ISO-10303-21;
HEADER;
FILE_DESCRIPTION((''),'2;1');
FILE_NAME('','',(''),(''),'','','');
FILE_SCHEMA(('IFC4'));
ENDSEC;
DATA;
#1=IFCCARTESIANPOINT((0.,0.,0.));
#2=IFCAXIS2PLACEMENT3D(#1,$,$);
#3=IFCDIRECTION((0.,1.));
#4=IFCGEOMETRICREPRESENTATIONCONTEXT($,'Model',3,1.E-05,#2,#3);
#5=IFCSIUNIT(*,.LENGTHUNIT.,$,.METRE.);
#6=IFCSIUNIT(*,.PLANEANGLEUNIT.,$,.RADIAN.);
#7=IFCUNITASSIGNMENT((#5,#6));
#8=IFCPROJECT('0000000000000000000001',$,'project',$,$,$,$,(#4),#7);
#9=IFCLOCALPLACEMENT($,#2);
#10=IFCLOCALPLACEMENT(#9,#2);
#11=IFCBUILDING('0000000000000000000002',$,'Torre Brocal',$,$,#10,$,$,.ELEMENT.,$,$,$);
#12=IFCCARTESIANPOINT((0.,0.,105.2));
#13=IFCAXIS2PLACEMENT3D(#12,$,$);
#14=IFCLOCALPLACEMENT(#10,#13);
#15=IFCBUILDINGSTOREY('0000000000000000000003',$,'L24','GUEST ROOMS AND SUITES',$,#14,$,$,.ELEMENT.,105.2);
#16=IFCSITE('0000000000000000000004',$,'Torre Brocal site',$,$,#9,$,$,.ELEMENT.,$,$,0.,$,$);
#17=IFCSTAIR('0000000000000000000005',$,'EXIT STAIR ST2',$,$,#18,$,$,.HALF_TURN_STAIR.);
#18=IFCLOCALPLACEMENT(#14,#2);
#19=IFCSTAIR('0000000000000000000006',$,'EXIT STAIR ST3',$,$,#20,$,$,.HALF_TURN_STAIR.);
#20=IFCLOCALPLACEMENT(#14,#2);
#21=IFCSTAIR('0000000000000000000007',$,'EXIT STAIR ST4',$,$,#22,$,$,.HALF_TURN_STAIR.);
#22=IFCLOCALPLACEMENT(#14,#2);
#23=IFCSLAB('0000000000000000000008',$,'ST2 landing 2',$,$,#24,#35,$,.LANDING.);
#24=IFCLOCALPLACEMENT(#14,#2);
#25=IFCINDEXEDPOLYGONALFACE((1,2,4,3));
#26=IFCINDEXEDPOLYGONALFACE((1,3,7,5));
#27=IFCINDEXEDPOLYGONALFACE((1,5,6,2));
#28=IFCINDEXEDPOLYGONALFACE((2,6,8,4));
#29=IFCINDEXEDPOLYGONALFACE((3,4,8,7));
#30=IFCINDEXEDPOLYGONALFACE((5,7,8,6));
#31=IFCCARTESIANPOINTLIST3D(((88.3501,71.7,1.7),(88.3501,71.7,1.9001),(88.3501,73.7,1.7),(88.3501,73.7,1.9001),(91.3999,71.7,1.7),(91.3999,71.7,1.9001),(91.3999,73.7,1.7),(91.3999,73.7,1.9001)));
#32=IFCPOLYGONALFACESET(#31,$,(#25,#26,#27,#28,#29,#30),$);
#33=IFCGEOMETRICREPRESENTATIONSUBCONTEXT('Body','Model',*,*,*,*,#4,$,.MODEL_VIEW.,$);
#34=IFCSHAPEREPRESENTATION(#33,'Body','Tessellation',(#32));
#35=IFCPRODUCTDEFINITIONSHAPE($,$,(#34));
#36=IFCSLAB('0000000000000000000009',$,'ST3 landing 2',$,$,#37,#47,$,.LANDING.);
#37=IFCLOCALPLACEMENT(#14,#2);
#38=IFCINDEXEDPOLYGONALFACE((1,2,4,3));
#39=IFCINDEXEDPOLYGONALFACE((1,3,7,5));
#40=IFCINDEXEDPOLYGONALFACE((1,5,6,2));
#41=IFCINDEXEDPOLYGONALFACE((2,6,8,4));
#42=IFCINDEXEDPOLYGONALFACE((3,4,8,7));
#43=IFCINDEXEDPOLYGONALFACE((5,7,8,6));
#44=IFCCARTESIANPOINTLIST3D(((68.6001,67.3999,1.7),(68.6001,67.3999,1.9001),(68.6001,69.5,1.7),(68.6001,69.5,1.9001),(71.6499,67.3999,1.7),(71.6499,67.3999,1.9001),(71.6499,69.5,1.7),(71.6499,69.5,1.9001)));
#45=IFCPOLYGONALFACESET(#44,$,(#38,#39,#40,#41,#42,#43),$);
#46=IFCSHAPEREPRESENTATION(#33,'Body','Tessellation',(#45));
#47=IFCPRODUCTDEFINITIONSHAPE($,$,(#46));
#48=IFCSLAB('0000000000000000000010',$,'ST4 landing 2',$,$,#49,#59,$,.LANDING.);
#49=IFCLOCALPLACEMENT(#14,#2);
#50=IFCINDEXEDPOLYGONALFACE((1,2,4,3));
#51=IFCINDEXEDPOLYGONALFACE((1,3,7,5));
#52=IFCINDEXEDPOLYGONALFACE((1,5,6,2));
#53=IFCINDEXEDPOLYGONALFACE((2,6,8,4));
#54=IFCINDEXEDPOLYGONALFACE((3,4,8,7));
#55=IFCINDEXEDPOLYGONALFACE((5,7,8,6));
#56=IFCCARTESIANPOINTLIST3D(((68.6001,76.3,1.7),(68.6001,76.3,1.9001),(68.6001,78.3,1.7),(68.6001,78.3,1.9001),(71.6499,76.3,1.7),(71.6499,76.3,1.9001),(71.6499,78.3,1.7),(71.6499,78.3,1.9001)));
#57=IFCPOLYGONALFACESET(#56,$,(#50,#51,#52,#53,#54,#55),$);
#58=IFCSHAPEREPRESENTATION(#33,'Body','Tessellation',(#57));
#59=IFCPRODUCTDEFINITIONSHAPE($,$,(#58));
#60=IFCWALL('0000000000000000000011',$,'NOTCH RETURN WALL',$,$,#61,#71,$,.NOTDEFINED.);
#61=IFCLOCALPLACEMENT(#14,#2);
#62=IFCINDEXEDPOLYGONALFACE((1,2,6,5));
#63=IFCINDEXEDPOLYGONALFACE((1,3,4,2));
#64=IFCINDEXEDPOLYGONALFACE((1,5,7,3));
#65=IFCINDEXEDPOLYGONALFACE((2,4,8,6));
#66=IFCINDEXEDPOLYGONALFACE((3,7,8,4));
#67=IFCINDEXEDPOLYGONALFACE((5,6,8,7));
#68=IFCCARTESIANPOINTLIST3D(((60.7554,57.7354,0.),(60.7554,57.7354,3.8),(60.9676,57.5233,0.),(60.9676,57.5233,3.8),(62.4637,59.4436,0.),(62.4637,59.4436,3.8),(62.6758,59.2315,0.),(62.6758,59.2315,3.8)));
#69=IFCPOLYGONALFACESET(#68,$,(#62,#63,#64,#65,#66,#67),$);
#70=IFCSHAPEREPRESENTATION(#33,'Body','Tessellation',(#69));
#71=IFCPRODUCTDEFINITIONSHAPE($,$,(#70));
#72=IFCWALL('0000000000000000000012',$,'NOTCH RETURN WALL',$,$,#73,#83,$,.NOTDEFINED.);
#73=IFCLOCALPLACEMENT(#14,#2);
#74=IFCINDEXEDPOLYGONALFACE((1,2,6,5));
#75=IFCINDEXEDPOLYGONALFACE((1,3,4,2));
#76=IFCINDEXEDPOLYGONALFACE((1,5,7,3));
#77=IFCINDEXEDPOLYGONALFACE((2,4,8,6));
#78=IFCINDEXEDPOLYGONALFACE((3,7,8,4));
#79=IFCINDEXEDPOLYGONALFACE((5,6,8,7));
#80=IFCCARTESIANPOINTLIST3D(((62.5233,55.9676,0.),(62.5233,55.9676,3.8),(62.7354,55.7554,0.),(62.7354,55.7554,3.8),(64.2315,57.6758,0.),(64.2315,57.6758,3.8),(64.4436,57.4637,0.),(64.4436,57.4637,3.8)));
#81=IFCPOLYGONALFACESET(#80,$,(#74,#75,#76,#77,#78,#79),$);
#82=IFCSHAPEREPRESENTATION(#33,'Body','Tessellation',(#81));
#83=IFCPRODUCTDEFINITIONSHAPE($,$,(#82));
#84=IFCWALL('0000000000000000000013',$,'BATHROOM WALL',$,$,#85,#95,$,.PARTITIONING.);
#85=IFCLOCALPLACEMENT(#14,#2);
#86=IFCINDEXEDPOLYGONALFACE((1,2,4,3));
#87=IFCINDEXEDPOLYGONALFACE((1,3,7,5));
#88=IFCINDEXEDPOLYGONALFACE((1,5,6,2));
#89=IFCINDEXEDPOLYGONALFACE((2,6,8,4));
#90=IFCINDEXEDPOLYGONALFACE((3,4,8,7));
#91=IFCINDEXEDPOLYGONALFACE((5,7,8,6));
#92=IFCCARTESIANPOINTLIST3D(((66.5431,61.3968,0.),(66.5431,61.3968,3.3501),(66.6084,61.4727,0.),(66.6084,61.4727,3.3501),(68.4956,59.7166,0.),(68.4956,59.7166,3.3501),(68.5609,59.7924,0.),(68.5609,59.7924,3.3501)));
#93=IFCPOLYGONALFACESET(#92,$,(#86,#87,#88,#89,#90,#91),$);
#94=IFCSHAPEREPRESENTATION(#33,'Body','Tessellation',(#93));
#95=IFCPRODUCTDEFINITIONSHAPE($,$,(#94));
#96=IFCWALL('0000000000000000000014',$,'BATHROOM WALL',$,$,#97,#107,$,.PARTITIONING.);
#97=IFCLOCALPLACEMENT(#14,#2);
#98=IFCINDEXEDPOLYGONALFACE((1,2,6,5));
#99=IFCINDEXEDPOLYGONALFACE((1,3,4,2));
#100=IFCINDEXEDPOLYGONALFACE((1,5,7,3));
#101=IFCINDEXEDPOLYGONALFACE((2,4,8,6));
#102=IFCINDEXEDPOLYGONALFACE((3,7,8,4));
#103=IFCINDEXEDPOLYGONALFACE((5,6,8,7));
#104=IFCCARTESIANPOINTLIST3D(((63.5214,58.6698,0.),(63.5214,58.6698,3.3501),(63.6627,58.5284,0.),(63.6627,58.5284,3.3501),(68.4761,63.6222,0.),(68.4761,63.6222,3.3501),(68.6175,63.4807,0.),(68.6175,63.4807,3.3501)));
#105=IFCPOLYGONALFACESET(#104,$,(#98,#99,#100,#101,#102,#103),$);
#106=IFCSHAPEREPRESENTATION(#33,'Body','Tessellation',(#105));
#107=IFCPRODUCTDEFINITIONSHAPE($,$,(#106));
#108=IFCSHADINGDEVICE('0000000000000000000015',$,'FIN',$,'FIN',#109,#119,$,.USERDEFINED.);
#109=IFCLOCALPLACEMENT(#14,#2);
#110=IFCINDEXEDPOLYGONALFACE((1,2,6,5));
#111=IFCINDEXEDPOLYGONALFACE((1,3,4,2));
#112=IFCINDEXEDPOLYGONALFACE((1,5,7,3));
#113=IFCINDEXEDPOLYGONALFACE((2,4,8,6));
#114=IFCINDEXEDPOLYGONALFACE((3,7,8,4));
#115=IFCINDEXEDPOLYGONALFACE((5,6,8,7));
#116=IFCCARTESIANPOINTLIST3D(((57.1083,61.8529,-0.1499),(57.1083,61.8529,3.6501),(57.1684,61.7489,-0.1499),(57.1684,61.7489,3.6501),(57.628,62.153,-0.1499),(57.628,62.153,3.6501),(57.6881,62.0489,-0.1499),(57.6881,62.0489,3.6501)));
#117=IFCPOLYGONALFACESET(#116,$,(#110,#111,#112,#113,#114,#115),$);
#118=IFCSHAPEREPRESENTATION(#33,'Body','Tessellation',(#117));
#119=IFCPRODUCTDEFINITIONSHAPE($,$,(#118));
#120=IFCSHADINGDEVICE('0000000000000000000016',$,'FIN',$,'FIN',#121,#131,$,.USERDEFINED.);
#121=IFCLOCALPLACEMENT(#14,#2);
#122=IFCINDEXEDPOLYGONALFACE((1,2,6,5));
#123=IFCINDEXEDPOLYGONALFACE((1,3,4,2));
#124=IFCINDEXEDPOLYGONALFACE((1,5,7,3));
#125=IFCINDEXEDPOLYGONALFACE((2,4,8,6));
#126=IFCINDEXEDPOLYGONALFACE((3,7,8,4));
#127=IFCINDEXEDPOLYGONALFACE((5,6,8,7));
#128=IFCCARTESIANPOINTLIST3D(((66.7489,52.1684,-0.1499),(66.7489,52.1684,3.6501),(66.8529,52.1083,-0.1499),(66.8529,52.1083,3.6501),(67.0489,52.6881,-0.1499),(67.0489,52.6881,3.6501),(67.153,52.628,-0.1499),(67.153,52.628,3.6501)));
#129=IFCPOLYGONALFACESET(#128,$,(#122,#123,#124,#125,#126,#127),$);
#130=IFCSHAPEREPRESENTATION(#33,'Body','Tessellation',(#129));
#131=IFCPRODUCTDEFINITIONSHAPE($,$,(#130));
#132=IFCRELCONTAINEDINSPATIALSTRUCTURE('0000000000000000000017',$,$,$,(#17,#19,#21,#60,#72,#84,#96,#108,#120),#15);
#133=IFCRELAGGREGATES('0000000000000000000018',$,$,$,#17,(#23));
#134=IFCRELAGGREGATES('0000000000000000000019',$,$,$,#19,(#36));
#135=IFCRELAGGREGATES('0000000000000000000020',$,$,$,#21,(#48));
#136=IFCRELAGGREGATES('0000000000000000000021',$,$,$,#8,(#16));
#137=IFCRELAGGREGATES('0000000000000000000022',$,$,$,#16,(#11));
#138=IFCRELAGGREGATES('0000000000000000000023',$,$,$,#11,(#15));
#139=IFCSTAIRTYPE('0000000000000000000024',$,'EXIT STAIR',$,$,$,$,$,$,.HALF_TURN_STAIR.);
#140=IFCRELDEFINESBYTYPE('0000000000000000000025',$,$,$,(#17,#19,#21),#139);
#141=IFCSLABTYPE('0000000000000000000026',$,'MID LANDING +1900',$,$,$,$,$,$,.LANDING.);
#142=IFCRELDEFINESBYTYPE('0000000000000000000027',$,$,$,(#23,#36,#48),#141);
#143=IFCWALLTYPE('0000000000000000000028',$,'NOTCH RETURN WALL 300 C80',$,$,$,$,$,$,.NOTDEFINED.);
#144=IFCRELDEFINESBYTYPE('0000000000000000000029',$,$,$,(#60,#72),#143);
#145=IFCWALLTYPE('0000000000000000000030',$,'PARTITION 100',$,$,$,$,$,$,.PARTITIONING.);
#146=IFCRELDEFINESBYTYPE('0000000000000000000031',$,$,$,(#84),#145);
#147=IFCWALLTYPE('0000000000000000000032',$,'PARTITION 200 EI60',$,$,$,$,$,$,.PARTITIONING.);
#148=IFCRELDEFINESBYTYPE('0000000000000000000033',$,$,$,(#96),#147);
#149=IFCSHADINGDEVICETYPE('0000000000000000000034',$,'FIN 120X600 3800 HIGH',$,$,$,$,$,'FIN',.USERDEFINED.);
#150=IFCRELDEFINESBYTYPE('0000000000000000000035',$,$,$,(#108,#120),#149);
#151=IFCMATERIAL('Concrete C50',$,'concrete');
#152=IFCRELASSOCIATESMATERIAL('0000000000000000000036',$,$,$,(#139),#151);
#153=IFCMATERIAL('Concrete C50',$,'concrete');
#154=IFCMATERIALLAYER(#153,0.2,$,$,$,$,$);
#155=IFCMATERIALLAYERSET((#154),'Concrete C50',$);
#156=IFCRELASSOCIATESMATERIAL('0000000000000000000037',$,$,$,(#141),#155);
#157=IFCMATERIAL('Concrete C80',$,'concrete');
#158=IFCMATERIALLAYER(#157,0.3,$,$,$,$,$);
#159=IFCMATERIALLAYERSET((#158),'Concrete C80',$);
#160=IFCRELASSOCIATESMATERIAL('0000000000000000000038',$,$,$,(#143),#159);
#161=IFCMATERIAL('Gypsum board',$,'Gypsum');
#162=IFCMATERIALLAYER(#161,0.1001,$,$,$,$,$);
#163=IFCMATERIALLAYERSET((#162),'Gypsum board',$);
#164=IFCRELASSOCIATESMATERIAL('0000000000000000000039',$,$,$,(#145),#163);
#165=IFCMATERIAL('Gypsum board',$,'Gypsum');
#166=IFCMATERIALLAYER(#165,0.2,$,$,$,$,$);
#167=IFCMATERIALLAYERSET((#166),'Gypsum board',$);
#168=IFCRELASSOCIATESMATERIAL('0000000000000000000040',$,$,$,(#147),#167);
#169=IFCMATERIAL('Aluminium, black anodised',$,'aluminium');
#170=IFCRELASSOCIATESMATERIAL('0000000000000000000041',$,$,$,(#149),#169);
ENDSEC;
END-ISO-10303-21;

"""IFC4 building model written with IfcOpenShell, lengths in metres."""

from ifc_helpers import new_model, si_unit, direction, frame, frame_2d, origin, origin_2d, place, context, subcontext, project, spatial, polyline, rectangle, outline, extrude, material, layer, layer_set, material_profile, profile_set, type_object, element, aggregate, save


model = new_model("IFC4")

# Units and contexts
model_context = context("Model", 3, precision=1e-05, world=origin(), true_north=direction((0.0, 1.0)))
body_context = subcontext(model_context, "Body", "Model", "MODEL_VIEW")
ifc_project = project(units=[si_unit("LENGTHUNIT", "METRE"), si_unit("PLANEANGLEUNIT", "RADIAN")], contexts=[model_context])

# Site, building, storey
site_placement = place(None, origin())
site = spatial("IfcSite", under=ifc_project, at=site_placement, Name="Torre Brocal site", CompositionType="ELEMENT", RefElevation=0.0)
building_placement = place(site_placement, origin())
building = spatial("IfcBuilding", under=site, at=building_placement, Name="Torre Brocal", CompositionType="ELEMENT")
storey_placement = place(building_placement, frame((0.0, 0.0, 105.2)))
storey = spatial("IfcBuildingStorey", under=building, at=storey_placement, Name="L24", Description="GUEST ROOMS AND SUITES", CompositionType="ELEMENT", Elevation=105.2)

# Stairs
ifc_material_1 = material(Name="Concrete C50", Category="concrete")
stair_type = type_object("IfcStairType", Name="EXIT STAIR", PredefinedType="HALF_TURN_STAIR", material=ifc_material_1)
stair_1_placement = place(storey_placement, origin())
stair_1 = element("IfcStair", 1, at=stair_1_placement, inside=storey, type_object=stair_type, Name="EXIT STAIR ST2", PredefinedType="HALF_TURN_STAIR")
stair_2_placement = place(storey_placement, origin())
stair_2 = element("IfcStair", 2, at=stair_2_placement, inside=storey, type_object=stair_type, Name="EXIT STAIR ST3", PredefinedType="HALF_TURN_STAIR")
stair_3_placement = place(storey_placement, origin())
stair_3 = element("IfcStair", 3, at=stair_3_placement, inside=storey, type_object=stair_type, Name="EXIT STAIR ST4", PredefinedType="HALF_TURN_STAIR")

# Slabs
ifc_material_2 = material(Name="Concrete C50", Category="concrete")
ifc_layer_1 = layer(ifc_material_2, 0.2)
ifc_layer_set_1 = layer_set([ifc_layer_1], Name="Concrete C50")
slab_type_1 = type_object("IfcSlabType", Name="MID LANDING +1900", PredefinedType="LANDING", material=ifc_layer_set_1)
slab_1_placement = place(storey_placement, frame((0.0, 0.0, 1.7)))
slab_1 = element("IfcSlab", 4, at=slab_1_placement, type_object=slab_type_1, Name="ST2 landing 2", PredefinedType="LANDING", context=body_context, shape_type="SweptSolid", body=[
    extrude(outline(polyline([(88.3501, 71.7), (91.3999, 71.7), (91.3999, 73.7), (88.3501, 73.7), (88.3501, 71.7)])), origin(), (0.0, 0.0, 1.0), 0.2002),
])
aggregate(stair_1, [slab_1])
slab_2_placement = place(storey_placement, frame((0.0, 0.0, 1.7)))
slab_2 = element("IfcSlab", 5, at=slab_2_placement, type_object=slab_type_1, Name="ST3 landing 2", PredefinedType="LANDING", context=body_context, shape_type="SweptSolid", body=[
    extrude(outline(polyline([(71.6499, 69.5), (68.6001, 69.5), (68.6001, 67.3999), (71.6499, 67.3999), (71.6499, 69.5)])), origin(), (0.0, 0.0, 1.0), 0.2002),
])
aggregate(stair_2, [slab_2])
slab_3_placement = place(storey_placement, frame((0.0, 0.0, 1.7)))
slab_3 = element("IfcSlab", 6, at=slab_3_placement, type_object=slab_type_1, Name="ST4 landing 2", PredefinedType="LANDING", context=body_context, shape_type="SweptSolid", body=[
    extrude(outline(polyline([(71.6499, 78.3), (68.6001, 78.3), (68.6001, 76.3), (71.6499, 76.3), (71.6499, 78.3)])), origin(), (0.0, 0.0, 1.0), 0.2002),
])
aggregate(stair_3, [slab_3])

# Walls
ifc_material_3 = material(Name="Concrete C80", Category="concrete")
ifc_layer_2 = layer(ifc_material_3, 0.3)
ifc_layer_set_2 = layer_set([ifc_layer_2], Name="Concrete C80")
wall_type_1 = type_object("IfcWallType", Name="NOTCH RETURN WALL 300 C80", PredefinedType="NOTDEFINED", material=ifc_layer_set_2)
for number, where, z_axis, x_axis, name in (
    (7, (62.5698, 59.3376, 0.0), (0.0, 0.0, 1.0), (-0.707107, -0.707107, 0.0), "NOTCH RETURN WALL"),
    (8, (64.3376, 57.5698, 0.0), (0.0, 0.0, 1.0), (-0.707107, -0.707107, 0.0), "NOTCH RETURN WALL"),
):
    element("IfcWall", number, at=place(storey_placement, frame(where, z_axis=z_axis, x_axis=x_axis)), inside=storey, type_object=wall_type_1, Name=name, PredefinedType="NOTDEFINED", context=body_context, shape_type="SweptSolid", body=[
        extrude(rectangle(XDim=2.4158, YDim=0.3, at=frame_2d((1.208, 0.0))), origin(), (0.0, 0.0, 1.0), 3.8),
    ])
ifc_material_4 = material(Name="Gypsum board", Category="Gypsum")
ifc_layer_3 = layer(ifc_material_4, 0.1001)
ifc_layer_set_3 = layer_set([ifc_layer_3], Name="Gypsum board")
wall_type_2 = type_object("IfcWallType", Name="PARTITION 100", PredefinedType="PARTITIONING", material=ifc_layer_set_3)
wall_1_placement = place(storey_placement, frame((66.5757, 61.4348, 0.0), z_axis=(0.0, 0.0, 1.0), x_axis=(0.757971, -0.652289, 0.0)))
element("IfcWall", 9, at=wall_1_placement, inside=storey, type_object=wall_type_2, Name="BATHROOM WALL", PredefinedType="PARTITIONING", context=body_context, shape_type="SweptSolid", body=[
    extrude(rectangle(XDim=2.5759, YDim=0.1001, at=frame_2d((1.2881, 0.0))), origin(), (0.0, 0.0, 1.0), 3.3501),
])
ifc_material_5 = material(Name="Gypsum board", Category="Gypsum")
ifc_layer_4 = layer(ifc_material_5, 0.2)
ifc_layer_set_4 = layer_set([ifc_layer_4], Name="Gypsum board")
wall_type_3 = type_object("IfcWallType", Name="PARTITION 200 EI60", PredefinedType="PARTITIONING", material=ifc_layer_set_4)
wall_2_placement = place(storey_placement, frame((63.592, 58.5991, 0.0), z_axis=(0.0, 0.0, 1.0), x_axis=(0.707281, 0.706933, 0.0)))
element("IfcWall", 10, at=wall_2_placement, inside=storey, type_object=wall_type_3, Name="BATHROOM WALL", PredefinedType="PARTITIONING", context=body_context, shape_type="SweptSolid", body=[
    extrude(rectangle(XDim=7.0054, YDim=0.2, at=frame_2d((3.5027, 0.0))), origin(), (0.0, 0.0, 1.0), 3.3501),
])

# Shading devices
ifc_material_6 = material(Name="Aluminium, black anodised", Category="aluminium")
ifc_material_profile_1 = material_profile(ifc_material_6, rectangle(XDim=0.1201, YDim=0.6001, at=origin_2d()), Name="FIN 120X600 3800 HIGH")
ifc_profile_set_1 = profile_set([ifc_material_profile_1], Name="Aluminium, black anodised")
shading_device_type = type_object("IfcShadingDeviceType", Name="FIN 120X600 3800 HIGH", ElementType="FIN", PredefinedType="USERDEFINED", material=ifc_profile_set_1)
for number, where, z_axis, x_axis, name in (
    (11, (57.3982, 61.9509, -0.1499), (0.0, 0.0, 1.0), (0.5, -0.866025, 0.0), "FIN"),
    (12, (66.9509, 52.3982, -0.1499), (0.0, 0.0, 1.0), (0.866025, -0.5, 0.0), "FIN"),
):
    element("IfcShadingDevice", number, at=place(storey_placement, frame(where, z_axis=z_axis, x_axis=x_axis)), inside=storey, type_object=shading_device_type, Name=name, ObjectType="FIN", PredefinedType="USERDEFINED", context=body_context, shape_type="SweptSolid", body=[
        extrude(rectangle(XDim=0.1201, YDim=0.6001, at=origin_2d()), origin(), (0.0, 0.0, 1.0), 3.8),
    ])

save(model, "model.ifc")
